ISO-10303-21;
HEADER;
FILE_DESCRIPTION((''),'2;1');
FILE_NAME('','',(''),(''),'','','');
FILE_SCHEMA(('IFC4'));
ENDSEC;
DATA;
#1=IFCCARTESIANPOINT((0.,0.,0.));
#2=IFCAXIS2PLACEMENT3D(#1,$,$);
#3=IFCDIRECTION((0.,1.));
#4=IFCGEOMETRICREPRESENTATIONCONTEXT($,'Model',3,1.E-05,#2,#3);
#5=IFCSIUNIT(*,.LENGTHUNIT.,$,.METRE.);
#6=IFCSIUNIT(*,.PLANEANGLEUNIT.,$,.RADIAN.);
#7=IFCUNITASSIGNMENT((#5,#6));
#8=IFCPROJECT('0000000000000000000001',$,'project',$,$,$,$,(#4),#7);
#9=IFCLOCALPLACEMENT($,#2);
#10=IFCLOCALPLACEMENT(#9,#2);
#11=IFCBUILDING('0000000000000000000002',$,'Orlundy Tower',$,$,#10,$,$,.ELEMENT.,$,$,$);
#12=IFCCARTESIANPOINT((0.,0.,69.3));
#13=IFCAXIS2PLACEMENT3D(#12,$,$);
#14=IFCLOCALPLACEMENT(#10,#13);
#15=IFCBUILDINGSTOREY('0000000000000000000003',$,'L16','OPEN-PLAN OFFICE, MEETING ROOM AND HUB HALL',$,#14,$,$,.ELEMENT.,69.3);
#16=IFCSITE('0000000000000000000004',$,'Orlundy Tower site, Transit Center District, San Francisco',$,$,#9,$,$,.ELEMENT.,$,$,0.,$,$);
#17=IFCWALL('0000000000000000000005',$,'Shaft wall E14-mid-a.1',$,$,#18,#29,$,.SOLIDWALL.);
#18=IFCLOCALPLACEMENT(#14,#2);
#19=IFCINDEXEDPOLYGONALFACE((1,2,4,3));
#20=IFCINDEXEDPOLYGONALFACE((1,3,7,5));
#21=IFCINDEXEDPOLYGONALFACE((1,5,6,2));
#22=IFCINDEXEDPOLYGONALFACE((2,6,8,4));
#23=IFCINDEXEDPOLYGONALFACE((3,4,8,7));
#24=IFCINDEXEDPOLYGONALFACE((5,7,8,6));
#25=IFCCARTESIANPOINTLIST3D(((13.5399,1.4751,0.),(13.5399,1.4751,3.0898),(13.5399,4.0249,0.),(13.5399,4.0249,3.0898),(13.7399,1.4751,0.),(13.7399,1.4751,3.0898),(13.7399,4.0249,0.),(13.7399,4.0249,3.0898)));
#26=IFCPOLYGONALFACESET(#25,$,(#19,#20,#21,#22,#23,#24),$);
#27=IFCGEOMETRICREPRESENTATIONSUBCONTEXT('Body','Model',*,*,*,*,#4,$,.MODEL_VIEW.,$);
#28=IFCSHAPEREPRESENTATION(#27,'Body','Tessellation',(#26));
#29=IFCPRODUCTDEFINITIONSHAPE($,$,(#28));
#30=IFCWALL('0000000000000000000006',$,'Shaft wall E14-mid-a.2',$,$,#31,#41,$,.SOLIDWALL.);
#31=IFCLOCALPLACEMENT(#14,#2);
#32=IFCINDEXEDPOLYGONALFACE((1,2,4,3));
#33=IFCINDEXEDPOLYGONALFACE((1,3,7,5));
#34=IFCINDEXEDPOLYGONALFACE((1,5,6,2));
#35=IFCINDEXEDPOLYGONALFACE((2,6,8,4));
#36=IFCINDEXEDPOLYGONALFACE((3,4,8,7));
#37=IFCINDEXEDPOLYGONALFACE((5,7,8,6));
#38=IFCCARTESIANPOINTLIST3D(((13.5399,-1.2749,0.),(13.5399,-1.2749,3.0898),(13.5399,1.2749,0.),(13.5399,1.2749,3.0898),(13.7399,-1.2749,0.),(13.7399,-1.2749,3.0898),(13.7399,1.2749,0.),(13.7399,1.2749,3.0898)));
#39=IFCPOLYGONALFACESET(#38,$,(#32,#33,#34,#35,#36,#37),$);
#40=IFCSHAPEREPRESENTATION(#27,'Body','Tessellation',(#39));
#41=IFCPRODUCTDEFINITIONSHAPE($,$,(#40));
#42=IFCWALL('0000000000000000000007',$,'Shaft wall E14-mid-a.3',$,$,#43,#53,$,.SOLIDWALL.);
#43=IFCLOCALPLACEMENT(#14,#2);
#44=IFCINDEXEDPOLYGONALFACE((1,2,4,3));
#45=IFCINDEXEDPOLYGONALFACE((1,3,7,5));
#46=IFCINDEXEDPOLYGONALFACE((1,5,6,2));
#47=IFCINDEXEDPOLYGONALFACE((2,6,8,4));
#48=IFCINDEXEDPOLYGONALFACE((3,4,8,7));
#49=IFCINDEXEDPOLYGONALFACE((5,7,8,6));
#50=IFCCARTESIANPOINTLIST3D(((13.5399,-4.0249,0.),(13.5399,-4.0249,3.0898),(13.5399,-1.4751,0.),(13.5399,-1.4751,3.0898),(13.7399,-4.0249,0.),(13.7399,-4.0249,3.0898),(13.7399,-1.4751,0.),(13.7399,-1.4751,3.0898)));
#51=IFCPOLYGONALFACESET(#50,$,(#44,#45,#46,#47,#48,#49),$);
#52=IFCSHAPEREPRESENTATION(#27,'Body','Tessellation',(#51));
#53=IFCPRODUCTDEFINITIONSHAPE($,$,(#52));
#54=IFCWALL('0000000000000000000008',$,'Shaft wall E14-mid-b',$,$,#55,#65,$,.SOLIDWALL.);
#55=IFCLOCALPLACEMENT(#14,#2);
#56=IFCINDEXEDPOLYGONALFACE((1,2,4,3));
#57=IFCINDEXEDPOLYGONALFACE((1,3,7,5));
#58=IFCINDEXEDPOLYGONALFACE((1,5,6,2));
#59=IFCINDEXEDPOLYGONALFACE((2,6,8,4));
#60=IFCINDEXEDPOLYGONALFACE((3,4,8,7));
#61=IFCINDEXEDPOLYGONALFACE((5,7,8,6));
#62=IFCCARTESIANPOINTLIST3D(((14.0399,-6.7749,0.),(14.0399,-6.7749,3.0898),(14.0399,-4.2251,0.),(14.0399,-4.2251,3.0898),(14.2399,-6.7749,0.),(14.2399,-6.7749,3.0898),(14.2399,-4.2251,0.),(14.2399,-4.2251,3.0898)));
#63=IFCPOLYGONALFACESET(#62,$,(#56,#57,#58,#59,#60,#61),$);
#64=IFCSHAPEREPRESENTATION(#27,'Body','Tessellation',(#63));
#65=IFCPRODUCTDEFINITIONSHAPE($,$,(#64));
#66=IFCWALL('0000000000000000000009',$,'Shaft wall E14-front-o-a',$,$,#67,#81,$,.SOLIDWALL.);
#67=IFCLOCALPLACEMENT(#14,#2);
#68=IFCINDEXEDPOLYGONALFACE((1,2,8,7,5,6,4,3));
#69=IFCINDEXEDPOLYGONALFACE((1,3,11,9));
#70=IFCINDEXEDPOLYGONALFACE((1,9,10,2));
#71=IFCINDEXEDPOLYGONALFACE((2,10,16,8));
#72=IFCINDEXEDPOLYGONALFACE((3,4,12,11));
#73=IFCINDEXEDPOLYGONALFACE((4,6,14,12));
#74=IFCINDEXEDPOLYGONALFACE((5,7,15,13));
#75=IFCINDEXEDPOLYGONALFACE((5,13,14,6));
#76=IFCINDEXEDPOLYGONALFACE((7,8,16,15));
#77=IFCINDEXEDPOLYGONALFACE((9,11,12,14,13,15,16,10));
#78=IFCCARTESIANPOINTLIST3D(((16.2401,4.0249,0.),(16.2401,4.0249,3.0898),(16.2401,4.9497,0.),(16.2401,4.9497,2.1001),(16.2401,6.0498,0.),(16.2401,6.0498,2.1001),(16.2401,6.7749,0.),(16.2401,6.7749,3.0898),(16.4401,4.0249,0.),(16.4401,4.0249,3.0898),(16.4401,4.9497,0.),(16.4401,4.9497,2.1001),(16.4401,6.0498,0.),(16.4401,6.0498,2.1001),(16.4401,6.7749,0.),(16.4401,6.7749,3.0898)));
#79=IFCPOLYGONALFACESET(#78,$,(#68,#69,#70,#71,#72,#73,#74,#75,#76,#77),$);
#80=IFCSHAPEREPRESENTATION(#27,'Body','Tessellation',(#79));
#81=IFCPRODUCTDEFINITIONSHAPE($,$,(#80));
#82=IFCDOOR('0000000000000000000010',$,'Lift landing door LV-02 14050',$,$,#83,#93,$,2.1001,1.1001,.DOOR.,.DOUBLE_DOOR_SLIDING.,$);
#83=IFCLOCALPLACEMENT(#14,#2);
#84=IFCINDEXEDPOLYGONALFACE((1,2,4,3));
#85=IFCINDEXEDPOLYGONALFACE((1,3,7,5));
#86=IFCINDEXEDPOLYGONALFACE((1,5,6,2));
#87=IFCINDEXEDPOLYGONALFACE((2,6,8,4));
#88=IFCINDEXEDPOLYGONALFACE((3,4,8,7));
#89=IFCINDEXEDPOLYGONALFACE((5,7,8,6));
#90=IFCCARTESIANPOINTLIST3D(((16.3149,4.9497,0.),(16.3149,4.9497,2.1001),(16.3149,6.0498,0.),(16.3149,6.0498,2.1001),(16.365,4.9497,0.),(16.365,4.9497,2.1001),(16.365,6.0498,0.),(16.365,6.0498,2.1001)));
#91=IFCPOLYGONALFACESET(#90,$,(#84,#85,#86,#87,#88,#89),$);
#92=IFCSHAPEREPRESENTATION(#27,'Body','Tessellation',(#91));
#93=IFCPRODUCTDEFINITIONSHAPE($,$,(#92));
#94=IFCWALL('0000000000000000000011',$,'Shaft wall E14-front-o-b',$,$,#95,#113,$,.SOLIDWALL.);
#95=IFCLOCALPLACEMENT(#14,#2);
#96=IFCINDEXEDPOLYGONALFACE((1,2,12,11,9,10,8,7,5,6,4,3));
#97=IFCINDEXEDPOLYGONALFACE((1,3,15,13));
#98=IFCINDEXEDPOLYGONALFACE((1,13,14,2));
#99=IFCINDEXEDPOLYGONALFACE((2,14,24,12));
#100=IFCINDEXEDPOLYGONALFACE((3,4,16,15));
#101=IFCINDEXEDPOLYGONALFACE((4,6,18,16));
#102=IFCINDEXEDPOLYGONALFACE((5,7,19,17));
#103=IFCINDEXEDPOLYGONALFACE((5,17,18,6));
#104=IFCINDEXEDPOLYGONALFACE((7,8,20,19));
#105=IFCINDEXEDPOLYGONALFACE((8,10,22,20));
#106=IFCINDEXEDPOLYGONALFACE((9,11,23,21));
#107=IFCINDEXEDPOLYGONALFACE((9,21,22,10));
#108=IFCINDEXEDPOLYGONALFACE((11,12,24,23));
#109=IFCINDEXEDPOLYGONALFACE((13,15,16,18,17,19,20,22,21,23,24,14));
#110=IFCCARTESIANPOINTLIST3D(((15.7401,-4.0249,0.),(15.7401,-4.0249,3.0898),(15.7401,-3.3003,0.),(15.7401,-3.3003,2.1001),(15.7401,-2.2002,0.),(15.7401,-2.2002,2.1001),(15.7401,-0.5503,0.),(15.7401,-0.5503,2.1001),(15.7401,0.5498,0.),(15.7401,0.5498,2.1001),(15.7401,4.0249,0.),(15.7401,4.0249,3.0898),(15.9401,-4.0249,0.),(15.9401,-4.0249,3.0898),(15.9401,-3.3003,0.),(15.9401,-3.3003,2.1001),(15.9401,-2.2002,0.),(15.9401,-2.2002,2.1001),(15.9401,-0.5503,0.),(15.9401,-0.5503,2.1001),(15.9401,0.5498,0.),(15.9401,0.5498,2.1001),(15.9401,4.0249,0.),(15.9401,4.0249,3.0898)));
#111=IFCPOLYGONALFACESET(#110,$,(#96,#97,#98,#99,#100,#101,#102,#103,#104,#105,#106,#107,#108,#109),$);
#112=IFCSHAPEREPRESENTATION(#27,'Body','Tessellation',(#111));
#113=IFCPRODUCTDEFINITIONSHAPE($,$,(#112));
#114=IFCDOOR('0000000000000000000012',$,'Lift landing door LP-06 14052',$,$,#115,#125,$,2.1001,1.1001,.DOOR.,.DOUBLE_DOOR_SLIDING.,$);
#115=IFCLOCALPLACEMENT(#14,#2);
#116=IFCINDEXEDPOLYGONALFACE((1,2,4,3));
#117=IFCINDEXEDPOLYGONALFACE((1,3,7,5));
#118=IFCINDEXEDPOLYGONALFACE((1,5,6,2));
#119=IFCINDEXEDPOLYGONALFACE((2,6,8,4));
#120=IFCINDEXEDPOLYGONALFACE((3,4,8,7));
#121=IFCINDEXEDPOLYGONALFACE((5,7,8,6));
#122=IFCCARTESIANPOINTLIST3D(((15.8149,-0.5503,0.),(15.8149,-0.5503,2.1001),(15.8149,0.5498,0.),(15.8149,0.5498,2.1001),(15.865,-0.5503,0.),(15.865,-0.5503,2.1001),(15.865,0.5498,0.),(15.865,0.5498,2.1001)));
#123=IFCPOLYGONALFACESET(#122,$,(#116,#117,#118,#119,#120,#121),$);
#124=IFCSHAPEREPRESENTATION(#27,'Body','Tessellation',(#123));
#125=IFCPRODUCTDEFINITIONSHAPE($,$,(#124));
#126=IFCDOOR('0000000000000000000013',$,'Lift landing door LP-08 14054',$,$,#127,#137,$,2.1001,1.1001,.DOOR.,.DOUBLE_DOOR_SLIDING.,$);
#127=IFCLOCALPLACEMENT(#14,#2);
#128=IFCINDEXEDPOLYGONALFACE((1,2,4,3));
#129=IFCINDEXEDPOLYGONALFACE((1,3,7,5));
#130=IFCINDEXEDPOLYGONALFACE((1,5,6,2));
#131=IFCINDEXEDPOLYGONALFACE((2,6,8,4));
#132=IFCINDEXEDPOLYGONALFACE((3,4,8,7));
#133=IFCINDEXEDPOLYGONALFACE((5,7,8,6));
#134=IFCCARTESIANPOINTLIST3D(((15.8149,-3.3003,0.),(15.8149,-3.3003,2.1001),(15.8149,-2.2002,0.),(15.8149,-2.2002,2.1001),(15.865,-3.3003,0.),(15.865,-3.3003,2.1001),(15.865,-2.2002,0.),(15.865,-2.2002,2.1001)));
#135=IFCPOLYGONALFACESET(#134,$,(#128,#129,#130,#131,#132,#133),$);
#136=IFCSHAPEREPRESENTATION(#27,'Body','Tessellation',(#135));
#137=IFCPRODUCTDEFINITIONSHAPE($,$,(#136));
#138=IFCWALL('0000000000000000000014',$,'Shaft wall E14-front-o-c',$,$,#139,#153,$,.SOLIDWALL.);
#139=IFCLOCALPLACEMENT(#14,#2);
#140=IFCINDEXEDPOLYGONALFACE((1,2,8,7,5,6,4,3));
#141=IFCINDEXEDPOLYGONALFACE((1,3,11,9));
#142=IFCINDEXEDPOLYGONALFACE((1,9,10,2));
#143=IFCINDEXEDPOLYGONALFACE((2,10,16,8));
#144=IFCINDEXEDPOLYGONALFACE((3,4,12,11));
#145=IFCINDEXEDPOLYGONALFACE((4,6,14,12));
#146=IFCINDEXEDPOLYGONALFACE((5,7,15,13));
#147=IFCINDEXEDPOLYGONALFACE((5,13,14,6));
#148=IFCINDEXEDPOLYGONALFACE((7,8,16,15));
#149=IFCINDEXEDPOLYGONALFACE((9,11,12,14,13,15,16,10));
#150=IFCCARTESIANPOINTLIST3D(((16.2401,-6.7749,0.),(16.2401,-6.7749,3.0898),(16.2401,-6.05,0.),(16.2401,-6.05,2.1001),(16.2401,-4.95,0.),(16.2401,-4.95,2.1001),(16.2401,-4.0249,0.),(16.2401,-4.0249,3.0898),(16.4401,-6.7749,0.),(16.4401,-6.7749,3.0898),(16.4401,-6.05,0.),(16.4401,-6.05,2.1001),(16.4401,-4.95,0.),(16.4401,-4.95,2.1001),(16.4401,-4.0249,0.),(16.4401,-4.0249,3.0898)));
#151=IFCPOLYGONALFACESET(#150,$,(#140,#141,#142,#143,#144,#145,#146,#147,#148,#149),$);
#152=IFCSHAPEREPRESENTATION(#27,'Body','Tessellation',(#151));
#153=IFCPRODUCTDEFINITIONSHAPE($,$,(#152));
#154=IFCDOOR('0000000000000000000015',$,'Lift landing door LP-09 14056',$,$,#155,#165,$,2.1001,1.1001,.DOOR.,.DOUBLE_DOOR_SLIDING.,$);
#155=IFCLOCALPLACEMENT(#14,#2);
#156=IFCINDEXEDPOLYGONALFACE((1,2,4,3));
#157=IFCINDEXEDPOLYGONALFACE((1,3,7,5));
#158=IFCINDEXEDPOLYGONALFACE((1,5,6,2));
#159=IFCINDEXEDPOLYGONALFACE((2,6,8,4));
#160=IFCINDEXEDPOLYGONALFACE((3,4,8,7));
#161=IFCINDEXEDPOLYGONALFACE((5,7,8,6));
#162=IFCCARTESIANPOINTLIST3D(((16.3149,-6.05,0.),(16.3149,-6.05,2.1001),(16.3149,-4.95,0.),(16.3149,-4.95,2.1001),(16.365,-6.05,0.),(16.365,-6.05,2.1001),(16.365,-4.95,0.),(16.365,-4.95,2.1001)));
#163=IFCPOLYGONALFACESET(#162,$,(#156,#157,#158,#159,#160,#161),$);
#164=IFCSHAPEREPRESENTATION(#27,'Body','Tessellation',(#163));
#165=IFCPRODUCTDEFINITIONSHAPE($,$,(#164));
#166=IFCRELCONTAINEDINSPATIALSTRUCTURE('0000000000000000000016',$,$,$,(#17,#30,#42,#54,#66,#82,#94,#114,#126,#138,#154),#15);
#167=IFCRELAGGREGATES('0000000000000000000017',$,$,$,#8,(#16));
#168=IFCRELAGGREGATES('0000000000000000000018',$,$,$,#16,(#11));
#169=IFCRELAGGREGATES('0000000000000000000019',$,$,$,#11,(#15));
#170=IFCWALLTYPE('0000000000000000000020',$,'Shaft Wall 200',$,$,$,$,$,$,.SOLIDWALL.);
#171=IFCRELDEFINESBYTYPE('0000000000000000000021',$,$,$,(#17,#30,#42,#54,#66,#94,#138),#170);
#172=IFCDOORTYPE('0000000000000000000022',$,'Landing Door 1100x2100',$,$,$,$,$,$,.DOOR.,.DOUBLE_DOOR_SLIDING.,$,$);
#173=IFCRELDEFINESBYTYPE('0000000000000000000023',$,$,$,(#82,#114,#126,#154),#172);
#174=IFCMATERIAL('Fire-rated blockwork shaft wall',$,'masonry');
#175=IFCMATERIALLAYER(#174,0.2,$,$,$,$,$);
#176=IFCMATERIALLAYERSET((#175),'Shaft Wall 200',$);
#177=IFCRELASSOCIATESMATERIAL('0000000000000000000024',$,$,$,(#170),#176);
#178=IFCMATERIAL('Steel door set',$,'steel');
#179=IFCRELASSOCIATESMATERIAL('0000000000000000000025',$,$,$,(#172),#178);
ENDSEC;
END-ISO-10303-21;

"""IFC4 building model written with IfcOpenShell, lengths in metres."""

from ifc_helpers import new_model, si_unit, direction, frame, frame_2d, origin, place, context, subcontext, project, spatial, rectangle, extrude, material, layer, layer_set, type_object, element, fill, save


model = new_model("IFC4")

# Units and contexts
model_context = context("Model", 3, precision=1e-05, world=origin(), true_north=direction((0.0, 1.0)))
body_context = subcontext(model_context, "Body", "Model", "MODEL_VIEW")
ifc_project = project(units=[si_unit("LENGTHUNIT", "METRE"), si_unit("PLANEANGLEUNIT", "RADIAN")], contexts=[model_context])

# Site, building, storey
site_placement = place(None, origin())
site = spatial("IfcSite", under=ifc_project, at=site_placement, Name="Orlundy Tower site, Transit Center District, San Francisco", CompositionType="ELEMENT", RefElevation=0.0)
building_placement = place(site_placement, origin())
building = spatial("IfcBuilding", under=site, at=building_placement, Name="Orlundy Tower", CompositionType="ELEMENT")
storey_placement = place(building_placement, frame((0.0, 0.0, 69.3)))
storey = spatial("IfcBuildingStorey", under=building, at=storey_placement, Name="L16", Description="OPEN-PLAN OFFICE, MEETING ROOM AND HUB HALL", CompositionType="ELEMENT", Elevation=69.3)

# Walls
ifc_material_1 = material(Name="Fire-rated blockwork shaft wall", Category="masonry")
ifc_layer_1 = layer(ifc_material_1, 0.2)
ifc_layer_set_1 = layer_set([ifc_layer_1], Name="Shaft Wall 200")
wall_type_1 = type_object("IfcWallType", Name="Shaft Wall 200", PredefinedType="SOLIDWALL", material=ifc_layer_set_1)
for number, where, z_axis, x_axis, name in (
    (1, (13.6399, 4.0249, 0.0), (0.0, 0.0, 1.0), (0.0, -1.0, 0.0), "Shaft wall E14-mid-a.1"),
    (2, (13.6399, 1.2749, 0.0), (0.0, 0.0, 1.0), (0.0, -1.0, 0.0), "Shaft wall E14-mid-a.2"),
    (3, (13.6399, -1.4751, 0.0), (0.0, 0.0, 1.0), (0.0, -1.0, 0.0), "Shaft wall E14-mid-a.3"),
    (4, (14.1399, -4.2251, 0.0), (0.0, 0.0, 1.0), (0.0, -1.0, 0.0), "Shaft wall E14-mid-b"),
):
    element("IfcWall", number, at=place(storey_placement, frame(where, z_axis=z_axis, x_axis=x_axis)), inside=storey, type_object=wall_type_1, Name=name, PredefinedType="SOLIDWALL", context=body_context, shape_type="SweptSolid", body=[
        extrude(rectangle(XDim=2.5498, YDim=0.2, at=frame_2d((1.2749, 0.0))), origin(), (0.0, 0.0, 1.0), 3.0898),
    ])

# Wall, opening, door
wall_1_placement = place(storey_placement, frame((16.3401, 6.7749, 0.0), z_axis=(0.0, 0.0, 1.0), x_axis=(0.0, -1.0, 0.0)))
wall_1 = element("IfcWall", 5, at=wall_1_placement, inside=storey, type_object=wall_type_1, Name="Shaft wall E14-front-o-a", PredefinedType="SOLIDWALL", context=body_context, shape_type="SweptSolid", body=[
    extrude(rectangle(XDim=2.75, YDim=0.2, at=frame_2d((1.375, 0.0))), origin(), (0.0, 0.0, 1.0), 3.0898),
])
opening_1_placement = place(wall_1_placement, frame((0.7251, 0.0, 0.0)))
opening_1 = element("IfcOpeningElement", 6, at=opening_1_placement, cuts=wall_1, PredefinedType="OPENING", context=body_context, shape_type="SweptSolid", body=[
    extrude(rectangle(XDim=1.1001, YDim=2.1001, at=frame_2d((0.55, 1.05))), frame((0.0, 0.1101, 0.0), z_axis=(0.0, -1.0, 0.0), x_axis=(1.0, 0.0, 0.0)), (0.0, 0.0, 1.0), 0.2202),
])
ifc_material_2 = material(Name="Steel door set", Category="steel")
door_type_1 = type_object("IfcDoorType", Name="Landing Door 1100x2100", OperationType="DOUBLE_DOOR_SLIDING", PredefinedType="DOOR", material=ifc_material_2)
door_1_placement = place(opening_1_placement, origin())
door_1 = element("IfcDoor", 7, at=door_1_placement, inside=storey, type_object=door_type_1, Name="Lift landing door LV-02 14050", OperationType="DOUBLE_DOOR_SLIDING", OverallHeight=2.1001, OverallWidth=1.1001, PredefinedType="DOOR", context=body_context, shape_type="SweptSolid", body=[
    extrude(rectangle(XDim=1.1001, YDim=2.1001, at=frame_2d((0.55, 1.05))), frame((0.0, 0.0249, 0.0), z_axis=(0.0, -1.0, 0.0), x_axis=(1.0, 0.0, 0.0)), (0.0, 0.0, 1.0), 0.05),
])
fill(opening_1, door_1)

# Wall, openings, doors
wall_2_placement = place(storey_placement, frame((15.8401, 4.0249, 0.0), z_axis=(0.0, 0.0, 1.0), x_axis=(0.0, -1.0, 0.0)))
wall_2 = element("IfcWall", 8, at=wall_2_placement, inside=storey, type_object=wall_type_1, Name="Shaft wall E14-front-o-b", PredefinedType="SOLIDWALL", context=body_context, shape_type="SweptSolid", body=[
    extrude(rectangle(XDim=8.0498, YDim=0.2, at=frame_2d((4.0249, 0.0))), origin(), (0.0, 0.0, 1.0), 3.0898),
])
opening_2_placement = place(wall_2_placement, frame((3.4751, 0.0, 0.0)))
opening_2 = element("IfcOpeningElement", 9, at=opening_2_placement, cuts=wall_2, PredefinedType="OPENING", context=body_context, shape_type="SweptSolid", body=[
    extrude(rectangle(XDim=1.1001, YDim=2.1001, at=frame_2d((0.55, 1.05))), frame((0.0, 0.1101, 0.0), z_axis=(0.0, -1.0, 0.0), x_axis=(1.0, 0.0, 0.0)), (0.0, 0.0, 1.0), 0.2202),
])
opening_3_placement = place(wall_2_placement, frame((6.2251, 0.0, 0.0)))
opening_3 = element("IfcOpeningElement", 10, at=opening_3_placement, cuts=wall_2, PredefinedType="OPENING", context=body_context, shape_type="SweptSolid", body=[
    extrude(rectangle(XDim=1.1001, YDim=2.1001, at=frame_2d((0.55, 1.05))), frame((0.0, 0.1101, 0.0), z_axis=(0.0, -1.0, 0.0), x_axis=(1.0, 0.0, 0.0)), (0.0, 0.0, 1.0), 0.2202),
])
door_2_placement = place(opening_2_placement, origin())
door_2 = element("IfcDoor", 11, at=door_2_placement, inside=storey, type_object=door_type_1, Name="Lift landing door LP-06 14052", OperationType="DOUBLE_DOOR_SLIDING", OverallHeight=2.1001, OverallWidth=1.1001, PredefinedType="DOOR", context=body_context, shape_type="SweptSolid", body=[
    extrude(rectangle(XDim=1.1001, YDim=2.1001, at=frame_2d((0.55, 1.05))), frame((0.0, 0.0249, 0.0), z_axis=(0.0, -1.0, 0.0), x_axis=(1.0, 0.0, 0.0)), (0.0, 0.0, 1.0), 0.05),
])
fill(opening_2, door_2)
door_3_placement = place(opening_3_placement, origin())
door_3 = element("IfcDoor", 12, at=door_3_placement, inside=storey, type_object=door_type_1, Name="Lift landing door LP-08 14054", OperationType="DOUBLE_DOOR_SLIDING", OverallHeight=2.1001, OverallWidth=1.1001, PredefinedType="DOOR", context=body_context, shape_type="SweptSolid", body=[
    extrude(rectangle(XDim=1.1001, YDim=2.1001, at=frame_2d((0.55, 1.05))), frame((0.0, 0.0249, 0.0), z_axis=(0.0, -1.0, 0.0), x_axis=(1.0, 0.0, 0.0)), (0.0, 0.0, 1.0), 0.05),
])
fill(opening_3, door_3)

# Wall, opening, door
wall_3_placement = place(storey_placement, frame((16.3401, -4.0249, 0.0), z_axis=(0.0, 0.0, 1.0), x_axis=(0.0, -1.0, 0.0)))
wall_3 = element("IfcWall", 13, at=wall_3_placement, inside=storey, type_object=wall_type_1, Name="Shaft wall E14-front-o-c", PredefinedType="SOLIDWALL", context=body_context, shape_type="SweptSolid", body=[
    extrude(rectangle(XDim=2.75, YDim=0.2, at=frame_2d((1.375, 0.0))), origin(), (0.0, 0.0, 1.0), 3.0898),
])
opening_4_placement = place(wall_3_placement, frame((0.925, 0.0, 0.0)))
opening_4 = element("IfcOpeningElement", 14, at=opening_4_placement, cuts=wall_3, PredefinedType="OPENING", context=body_context, shape_type="SweptSolid", body=[
    extrude(rectangle(XDim=1.1001, YDim=2.1001, at=frame_2d((0.55, 1.05))), frame((0.0, 0.1101, 0.0), z_axis=(0.0, -1.0, 0.0), x_axis=(1.0, 0.0, 0.0)), (0.0, 0.0, 1.0), 0.2202),
])
door_4_placement = place(opening_4_placement, origin())
door_4 = element("IfcDoor", 15, at=door_4_placement, inside=storey, type_object=door_type_1, Name="Lift landing door LP-09 14056", OperationType="DOUBLE_DOOR_SLIDING", OverallHeight=2.1001, OverallWidth=1.1001, PredefinedType="DOOR", context=body_context, shape_type="SweptSolid", body=[
    extrude(rectangle(XDim=1.1001, YDim=2.1001, at=frame_2d((0.55, 1.05))), frame((0.0, 0.0249, 0.0), z_axis=(0.0, -1.0, 0.0), x_axis=(1.0, 0.0, 0.0)), (0.0, 0.0, 1.0), 0.05),
])
fill(opening_4, door_4)

save(model, "model.ifc")
